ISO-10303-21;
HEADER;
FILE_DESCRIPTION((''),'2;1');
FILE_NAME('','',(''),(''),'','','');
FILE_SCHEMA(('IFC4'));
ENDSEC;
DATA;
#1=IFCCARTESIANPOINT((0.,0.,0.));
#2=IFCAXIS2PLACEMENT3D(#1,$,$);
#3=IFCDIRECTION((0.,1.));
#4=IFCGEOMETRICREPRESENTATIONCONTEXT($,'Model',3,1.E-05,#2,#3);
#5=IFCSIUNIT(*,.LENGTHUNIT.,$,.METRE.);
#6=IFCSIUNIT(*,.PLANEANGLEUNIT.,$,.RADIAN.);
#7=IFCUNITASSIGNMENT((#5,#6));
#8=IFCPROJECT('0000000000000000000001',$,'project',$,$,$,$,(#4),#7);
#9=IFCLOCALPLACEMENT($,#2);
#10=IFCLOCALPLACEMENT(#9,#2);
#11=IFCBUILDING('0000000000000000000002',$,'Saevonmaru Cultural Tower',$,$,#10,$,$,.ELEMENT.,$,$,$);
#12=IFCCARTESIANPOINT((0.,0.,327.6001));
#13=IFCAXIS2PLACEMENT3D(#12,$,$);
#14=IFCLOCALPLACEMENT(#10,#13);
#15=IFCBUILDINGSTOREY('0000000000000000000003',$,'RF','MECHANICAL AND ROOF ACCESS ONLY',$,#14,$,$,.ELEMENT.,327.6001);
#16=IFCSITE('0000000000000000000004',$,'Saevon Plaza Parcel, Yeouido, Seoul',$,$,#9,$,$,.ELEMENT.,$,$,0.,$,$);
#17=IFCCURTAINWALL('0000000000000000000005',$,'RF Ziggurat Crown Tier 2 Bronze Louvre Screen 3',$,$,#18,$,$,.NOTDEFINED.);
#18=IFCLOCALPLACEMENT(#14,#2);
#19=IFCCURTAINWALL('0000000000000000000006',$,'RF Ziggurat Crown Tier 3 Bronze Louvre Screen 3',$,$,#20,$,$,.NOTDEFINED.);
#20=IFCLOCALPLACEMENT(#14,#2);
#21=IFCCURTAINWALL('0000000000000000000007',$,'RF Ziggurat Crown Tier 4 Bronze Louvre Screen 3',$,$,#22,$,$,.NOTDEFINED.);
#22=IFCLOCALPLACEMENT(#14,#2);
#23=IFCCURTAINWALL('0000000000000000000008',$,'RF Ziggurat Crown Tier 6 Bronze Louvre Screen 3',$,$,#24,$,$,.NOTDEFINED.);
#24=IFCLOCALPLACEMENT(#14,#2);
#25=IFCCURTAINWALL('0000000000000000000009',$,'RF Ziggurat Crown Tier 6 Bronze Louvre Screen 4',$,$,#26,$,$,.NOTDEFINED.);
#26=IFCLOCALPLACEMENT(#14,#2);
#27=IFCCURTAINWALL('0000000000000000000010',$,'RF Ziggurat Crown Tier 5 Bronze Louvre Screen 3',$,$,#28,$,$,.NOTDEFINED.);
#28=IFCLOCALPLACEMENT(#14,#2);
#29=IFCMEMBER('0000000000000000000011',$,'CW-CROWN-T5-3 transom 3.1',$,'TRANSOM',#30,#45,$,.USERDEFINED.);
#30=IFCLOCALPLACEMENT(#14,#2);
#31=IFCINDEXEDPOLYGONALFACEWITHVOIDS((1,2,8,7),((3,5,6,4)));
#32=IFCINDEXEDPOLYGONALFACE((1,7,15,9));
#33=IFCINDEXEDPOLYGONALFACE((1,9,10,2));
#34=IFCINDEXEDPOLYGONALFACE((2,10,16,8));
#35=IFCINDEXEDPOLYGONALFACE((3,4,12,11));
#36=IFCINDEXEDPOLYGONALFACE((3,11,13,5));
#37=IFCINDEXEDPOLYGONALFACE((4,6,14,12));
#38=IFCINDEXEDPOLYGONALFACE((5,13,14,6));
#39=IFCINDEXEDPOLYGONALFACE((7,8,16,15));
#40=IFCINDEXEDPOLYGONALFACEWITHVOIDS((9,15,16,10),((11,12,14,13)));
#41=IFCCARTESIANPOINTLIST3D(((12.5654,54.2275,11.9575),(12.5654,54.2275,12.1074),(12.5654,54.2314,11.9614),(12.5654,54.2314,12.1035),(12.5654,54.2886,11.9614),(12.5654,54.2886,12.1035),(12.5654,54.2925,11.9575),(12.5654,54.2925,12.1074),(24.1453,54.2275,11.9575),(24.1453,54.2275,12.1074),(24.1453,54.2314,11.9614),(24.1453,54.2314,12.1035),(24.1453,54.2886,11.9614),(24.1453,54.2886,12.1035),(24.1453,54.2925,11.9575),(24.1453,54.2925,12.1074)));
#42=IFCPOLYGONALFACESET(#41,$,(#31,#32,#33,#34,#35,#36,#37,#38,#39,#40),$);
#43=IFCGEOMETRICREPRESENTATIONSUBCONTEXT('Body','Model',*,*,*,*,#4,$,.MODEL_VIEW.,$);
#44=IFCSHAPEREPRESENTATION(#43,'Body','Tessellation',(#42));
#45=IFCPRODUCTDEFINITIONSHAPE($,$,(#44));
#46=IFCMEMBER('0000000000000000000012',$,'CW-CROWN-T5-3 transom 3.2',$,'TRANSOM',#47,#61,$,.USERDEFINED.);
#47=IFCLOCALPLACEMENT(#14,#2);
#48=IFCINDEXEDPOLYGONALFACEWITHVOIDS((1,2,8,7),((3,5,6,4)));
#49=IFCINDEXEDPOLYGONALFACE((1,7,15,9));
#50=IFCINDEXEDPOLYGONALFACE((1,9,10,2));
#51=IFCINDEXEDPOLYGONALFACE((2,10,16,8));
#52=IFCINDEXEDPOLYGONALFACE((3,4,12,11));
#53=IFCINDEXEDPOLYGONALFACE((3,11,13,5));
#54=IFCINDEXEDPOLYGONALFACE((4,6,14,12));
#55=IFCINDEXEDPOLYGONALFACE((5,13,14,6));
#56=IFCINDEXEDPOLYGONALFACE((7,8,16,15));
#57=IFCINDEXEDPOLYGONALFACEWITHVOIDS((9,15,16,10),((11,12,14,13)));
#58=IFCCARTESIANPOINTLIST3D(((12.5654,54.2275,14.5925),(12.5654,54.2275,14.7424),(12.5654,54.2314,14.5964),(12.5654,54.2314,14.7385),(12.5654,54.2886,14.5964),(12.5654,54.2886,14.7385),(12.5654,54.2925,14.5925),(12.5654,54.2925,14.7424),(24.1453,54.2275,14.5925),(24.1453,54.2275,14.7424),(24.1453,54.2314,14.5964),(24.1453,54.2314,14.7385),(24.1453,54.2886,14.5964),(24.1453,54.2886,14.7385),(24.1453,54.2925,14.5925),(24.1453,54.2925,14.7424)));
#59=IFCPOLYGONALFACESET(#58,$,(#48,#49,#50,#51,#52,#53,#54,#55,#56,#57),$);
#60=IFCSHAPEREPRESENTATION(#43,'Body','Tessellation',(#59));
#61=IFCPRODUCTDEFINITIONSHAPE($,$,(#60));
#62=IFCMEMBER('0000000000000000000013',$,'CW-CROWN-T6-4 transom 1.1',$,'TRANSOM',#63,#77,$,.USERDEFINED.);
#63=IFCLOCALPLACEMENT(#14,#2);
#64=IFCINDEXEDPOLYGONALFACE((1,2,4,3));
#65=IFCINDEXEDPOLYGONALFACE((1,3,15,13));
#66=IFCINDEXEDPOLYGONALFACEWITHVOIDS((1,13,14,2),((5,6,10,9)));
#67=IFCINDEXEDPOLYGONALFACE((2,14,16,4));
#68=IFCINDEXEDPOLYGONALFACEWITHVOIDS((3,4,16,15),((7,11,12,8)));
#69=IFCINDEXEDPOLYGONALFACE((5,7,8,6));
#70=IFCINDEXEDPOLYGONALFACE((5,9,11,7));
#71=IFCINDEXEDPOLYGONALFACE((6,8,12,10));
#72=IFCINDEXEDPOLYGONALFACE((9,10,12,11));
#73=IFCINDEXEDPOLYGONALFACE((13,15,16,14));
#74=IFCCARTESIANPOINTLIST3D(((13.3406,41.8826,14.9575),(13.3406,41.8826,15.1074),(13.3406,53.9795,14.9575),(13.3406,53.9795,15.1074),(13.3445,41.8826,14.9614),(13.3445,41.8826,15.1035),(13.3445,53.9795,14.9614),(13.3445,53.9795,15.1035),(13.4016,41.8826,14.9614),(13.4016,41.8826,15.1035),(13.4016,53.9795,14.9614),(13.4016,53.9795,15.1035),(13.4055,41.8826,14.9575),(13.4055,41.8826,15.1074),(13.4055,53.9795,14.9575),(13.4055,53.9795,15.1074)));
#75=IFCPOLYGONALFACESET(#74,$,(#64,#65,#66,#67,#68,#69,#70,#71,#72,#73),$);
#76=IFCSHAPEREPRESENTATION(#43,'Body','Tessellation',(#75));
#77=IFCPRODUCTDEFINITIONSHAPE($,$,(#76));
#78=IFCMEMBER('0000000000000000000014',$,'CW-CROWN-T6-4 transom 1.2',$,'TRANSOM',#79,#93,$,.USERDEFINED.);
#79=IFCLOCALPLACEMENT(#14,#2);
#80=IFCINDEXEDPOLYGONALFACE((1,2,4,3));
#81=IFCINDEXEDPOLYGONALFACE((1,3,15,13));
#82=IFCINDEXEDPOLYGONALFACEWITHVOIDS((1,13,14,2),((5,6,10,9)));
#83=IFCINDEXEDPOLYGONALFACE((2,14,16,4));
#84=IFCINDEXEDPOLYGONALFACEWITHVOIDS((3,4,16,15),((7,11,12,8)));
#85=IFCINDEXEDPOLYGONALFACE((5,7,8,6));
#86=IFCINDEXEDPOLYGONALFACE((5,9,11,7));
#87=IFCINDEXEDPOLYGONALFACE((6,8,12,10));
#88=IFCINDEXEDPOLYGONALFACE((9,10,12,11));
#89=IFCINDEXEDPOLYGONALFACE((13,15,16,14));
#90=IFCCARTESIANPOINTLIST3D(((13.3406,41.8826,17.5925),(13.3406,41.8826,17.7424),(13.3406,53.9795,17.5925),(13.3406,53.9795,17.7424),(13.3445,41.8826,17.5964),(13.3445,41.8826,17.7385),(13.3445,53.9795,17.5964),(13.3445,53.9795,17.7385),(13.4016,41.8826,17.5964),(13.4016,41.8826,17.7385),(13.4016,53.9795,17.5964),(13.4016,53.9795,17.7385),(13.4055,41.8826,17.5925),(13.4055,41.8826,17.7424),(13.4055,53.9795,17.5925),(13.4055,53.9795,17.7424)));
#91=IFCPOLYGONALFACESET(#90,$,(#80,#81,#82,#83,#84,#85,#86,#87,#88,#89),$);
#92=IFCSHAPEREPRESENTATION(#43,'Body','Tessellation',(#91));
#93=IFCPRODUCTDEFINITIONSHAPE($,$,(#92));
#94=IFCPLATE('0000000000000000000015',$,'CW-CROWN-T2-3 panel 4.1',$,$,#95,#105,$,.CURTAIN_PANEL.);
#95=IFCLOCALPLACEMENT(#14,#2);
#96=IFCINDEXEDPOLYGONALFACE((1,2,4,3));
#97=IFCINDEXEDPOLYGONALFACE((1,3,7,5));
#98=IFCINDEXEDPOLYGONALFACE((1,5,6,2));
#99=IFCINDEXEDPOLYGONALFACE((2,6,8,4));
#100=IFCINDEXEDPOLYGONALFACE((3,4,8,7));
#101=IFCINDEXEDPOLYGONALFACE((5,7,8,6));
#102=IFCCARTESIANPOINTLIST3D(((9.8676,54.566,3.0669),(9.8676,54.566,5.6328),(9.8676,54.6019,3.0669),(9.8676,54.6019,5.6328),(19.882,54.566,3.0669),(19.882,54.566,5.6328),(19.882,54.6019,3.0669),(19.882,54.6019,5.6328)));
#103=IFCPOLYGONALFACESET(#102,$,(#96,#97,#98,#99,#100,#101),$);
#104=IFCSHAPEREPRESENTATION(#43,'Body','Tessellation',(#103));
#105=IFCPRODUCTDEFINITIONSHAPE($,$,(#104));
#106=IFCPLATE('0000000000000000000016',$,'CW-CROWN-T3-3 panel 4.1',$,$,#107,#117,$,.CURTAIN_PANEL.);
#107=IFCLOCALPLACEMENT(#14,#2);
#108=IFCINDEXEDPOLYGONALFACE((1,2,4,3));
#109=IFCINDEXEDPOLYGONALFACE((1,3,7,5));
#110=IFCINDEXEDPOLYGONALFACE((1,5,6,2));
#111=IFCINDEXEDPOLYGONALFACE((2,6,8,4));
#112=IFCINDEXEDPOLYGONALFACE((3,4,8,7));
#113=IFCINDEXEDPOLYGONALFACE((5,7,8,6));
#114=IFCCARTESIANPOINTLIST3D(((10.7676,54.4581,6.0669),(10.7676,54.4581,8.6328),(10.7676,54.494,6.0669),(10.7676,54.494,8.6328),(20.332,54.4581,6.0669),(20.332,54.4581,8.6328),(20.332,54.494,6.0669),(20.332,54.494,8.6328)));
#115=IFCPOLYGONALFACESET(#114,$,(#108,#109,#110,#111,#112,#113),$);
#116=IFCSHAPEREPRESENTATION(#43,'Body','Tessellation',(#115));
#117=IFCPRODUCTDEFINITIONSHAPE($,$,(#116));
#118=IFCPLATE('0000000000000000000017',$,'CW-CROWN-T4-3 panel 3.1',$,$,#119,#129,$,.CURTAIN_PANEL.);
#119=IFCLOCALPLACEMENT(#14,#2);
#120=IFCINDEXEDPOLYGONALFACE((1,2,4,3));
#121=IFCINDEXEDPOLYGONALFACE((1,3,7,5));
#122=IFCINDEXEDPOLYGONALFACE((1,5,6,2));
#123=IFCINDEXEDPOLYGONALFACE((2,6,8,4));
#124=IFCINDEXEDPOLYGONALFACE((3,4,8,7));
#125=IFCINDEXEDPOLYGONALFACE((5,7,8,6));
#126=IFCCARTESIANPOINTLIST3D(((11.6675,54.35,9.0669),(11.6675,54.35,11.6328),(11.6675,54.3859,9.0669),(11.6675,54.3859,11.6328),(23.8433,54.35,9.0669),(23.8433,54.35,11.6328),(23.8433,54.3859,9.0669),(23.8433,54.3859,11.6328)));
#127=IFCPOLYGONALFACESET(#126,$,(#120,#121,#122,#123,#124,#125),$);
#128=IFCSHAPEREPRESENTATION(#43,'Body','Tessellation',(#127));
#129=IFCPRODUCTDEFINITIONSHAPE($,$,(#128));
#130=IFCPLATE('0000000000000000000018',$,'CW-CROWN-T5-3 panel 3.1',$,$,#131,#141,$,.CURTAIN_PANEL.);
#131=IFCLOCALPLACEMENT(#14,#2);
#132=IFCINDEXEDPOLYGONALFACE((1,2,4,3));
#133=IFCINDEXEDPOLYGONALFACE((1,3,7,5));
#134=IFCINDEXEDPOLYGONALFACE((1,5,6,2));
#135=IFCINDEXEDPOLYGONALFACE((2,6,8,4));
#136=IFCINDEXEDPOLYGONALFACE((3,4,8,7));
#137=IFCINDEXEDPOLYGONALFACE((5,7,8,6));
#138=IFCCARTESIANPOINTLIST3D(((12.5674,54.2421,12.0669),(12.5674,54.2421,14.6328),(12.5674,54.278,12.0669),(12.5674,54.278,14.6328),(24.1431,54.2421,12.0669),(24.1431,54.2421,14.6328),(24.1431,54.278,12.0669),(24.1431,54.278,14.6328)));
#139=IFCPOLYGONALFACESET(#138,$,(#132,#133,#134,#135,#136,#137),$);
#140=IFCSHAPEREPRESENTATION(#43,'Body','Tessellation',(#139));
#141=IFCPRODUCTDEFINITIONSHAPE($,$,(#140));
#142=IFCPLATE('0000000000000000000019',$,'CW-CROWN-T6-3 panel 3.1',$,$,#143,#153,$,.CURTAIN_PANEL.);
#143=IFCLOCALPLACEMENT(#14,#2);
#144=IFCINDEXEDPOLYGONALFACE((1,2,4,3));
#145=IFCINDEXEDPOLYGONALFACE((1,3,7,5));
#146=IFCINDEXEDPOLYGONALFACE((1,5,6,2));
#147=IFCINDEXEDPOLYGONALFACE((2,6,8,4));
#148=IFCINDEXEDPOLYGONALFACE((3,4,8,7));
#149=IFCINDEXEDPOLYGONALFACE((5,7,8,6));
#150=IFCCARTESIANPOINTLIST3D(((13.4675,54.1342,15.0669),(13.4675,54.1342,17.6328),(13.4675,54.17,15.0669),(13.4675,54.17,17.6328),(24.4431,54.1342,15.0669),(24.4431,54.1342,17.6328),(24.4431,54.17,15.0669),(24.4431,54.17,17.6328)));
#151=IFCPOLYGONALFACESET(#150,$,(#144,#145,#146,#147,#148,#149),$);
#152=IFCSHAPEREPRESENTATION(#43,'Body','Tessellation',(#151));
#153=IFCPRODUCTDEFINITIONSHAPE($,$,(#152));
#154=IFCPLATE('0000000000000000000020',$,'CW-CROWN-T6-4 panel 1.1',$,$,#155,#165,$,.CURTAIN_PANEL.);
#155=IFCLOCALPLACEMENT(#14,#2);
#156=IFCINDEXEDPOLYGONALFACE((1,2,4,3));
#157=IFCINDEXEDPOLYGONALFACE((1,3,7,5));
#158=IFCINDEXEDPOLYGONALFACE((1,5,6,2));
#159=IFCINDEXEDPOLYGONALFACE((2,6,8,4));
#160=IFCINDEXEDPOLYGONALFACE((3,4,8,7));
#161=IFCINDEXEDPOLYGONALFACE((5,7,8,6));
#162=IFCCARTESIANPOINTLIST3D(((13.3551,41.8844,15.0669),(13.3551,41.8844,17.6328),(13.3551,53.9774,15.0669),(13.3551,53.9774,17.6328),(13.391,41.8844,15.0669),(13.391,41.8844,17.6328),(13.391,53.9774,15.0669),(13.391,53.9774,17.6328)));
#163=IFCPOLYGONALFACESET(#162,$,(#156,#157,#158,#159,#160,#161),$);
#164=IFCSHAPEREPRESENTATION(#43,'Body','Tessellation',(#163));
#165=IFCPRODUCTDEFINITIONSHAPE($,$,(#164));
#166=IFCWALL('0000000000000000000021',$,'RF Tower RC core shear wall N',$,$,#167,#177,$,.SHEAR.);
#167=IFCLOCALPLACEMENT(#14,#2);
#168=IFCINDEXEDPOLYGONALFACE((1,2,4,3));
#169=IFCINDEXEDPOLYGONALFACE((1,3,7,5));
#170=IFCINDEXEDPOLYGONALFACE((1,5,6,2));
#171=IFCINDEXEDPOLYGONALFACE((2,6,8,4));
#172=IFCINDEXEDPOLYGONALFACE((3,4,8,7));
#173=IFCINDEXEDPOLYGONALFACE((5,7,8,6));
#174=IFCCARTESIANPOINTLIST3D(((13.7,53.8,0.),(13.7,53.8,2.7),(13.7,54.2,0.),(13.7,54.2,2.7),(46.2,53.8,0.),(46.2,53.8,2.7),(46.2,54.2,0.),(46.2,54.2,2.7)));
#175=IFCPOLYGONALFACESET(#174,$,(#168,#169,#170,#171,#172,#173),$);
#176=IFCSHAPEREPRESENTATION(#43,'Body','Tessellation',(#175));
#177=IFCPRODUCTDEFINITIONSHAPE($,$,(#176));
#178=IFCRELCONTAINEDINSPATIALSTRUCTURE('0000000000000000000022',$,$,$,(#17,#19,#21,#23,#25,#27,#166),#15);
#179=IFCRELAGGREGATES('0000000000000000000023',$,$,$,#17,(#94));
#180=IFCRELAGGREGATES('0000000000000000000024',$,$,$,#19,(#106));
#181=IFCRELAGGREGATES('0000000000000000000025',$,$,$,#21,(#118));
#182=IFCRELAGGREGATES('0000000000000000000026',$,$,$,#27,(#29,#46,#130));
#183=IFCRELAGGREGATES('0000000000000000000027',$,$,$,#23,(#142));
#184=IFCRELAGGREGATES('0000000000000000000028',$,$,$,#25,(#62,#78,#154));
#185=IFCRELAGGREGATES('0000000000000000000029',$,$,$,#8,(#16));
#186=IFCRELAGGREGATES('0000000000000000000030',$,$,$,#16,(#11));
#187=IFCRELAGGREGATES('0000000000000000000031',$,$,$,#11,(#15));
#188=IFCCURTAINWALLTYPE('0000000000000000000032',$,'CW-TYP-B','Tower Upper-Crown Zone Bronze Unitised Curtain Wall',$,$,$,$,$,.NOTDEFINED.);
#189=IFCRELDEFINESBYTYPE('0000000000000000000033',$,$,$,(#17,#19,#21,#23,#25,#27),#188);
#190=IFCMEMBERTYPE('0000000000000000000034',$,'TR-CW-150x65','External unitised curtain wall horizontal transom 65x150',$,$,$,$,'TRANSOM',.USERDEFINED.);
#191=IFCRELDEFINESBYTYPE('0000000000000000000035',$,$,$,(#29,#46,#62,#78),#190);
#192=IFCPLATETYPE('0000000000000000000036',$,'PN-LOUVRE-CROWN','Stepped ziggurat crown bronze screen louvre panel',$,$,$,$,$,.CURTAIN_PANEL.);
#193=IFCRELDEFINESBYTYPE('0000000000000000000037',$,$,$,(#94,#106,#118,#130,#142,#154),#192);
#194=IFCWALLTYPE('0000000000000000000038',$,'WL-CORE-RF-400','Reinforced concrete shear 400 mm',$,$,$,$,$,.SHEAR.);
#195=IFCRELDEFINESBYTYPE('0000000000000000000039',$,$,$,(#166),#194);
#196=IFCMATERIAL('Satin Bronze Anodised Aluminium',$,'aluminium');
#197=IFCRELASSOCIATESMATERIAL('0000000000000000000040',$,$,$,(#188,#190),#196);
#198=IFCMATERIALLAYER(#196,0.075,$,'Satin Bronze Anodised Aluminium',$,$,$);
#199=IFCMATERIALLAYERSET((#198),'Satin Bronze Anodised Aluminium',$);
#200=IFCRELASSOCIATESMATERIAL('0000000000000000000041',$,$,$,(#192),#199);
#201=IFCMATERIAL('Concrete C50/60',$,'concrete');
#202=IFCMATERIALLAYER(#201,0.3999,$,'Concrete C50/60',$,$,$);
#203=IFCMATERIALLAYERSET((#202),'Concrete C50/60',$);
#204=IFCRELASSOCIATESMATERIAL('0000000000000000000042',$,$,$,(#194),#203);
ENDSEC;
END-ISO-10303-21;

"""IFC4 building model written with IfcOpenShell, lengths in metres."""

from ifc_helpers import new_model, si_unit, direction, frame, frame_2d, origin, origin_2d, place, context, subcontext, project, spatial, rectangle, hollow_rectangle, extrude, material, layer, layer_set, material_profile, profile_set, type_object, element, aggregate, save


model = new_model("IFC4")

# Units and contexts
model_context = context("Model", 3, precision=1e-05, world=origin(), true_north=direction((0.0, 1.0)))
body_context = subcontext(model_context, "Body", "Model", "MODEL_VIEW")
ifc_project = project(units=[si_unit("LENGTHUNIT", "METRE"), si_unit("PLANEANGLEUNIT", "RADIAN")], contexts=[model_context])

# Site, building, storey
site_placement = place(None, origin())
site = spatial("IfcSite", under=ifc_project, at=site_placement, Name="Saevon Plaza Parcel, Yeouido, Seoul", CompositionType="ELEMENT", RefElevation=0.0)
building_placement = place(site_placement, origin())
building = spatial("IfcBuilding", under=site, at=building_placement, Name="Saevonmaru Cultural Tower", CompositionType="ELEMENT")
storey_placement = place(building_placement, frame((0.0, 0.0, 327.6001)))
storey = spatial("IfcBuildingStorey", under=building, at=storey_placement, Name="RF", Description="MECHANICAL AND ROOF ACCESS ONLY", CompositionType="ELEMENT", Elevation=327.6001)

# Curtain walls
ifc_material_1 = material(Name="Satin Bronze Anodised Aluminium", Category="aluminium")
curtain_wall_type = type_object("IfcCurtainWallType", Name="CW-TYP-B", Description="Tower Upper-Crown Zone Bronze Unitised Curtain Wall", PredefinedType="NOTDEFINED", material=ifc_material_1)
curtain_wall_1_placement = place(storey_placement, origin())
curtain_wall_1 = element("IfcCurtainWall", 1, at=curtain_wall_1_placement, inside=storey, type_object=curtain_wall_type, Name="RF Ziggurat Crown Tier 2 Bronze Louvre Screen 3", PredefinedType="NOTDEFINED")
curtain_wall_2_placement = place(storey_placement, origin())
curtain_wall_2 = element("IfcCurtainWall", 2, at=curtain_wall_2_placement, inside=storey, type_object=curtain_wall_type, Name="RF Ziggurat Crown Tier 3 Bronze Louvre Screen 3", PredefinedType="NOTDEFINED")
curtain_wall_3_placement = place(storey_placement, origin())
curtain_wall_3 = element("IfcCurtainWall", 3, at=curtain_wall_3_placement, inside=storey, type_object=curtain_wall_type, Name="RF Ziggurat Crown Tier 4 Bronze Louvre Screen 3", PredefinedType="NOTDEFINED")
curtain_wall_4_placement = place(storey_placement, origin())
curtain_wall_4 = element("IfcCurtainWall", 4, at=curtain_wall_4_placement, inside=storey, type_object=curtain_wall_type, Name="RF Ziggurat Crown Tier 6 Bronze Louvre Screen 3", PredefinedType="NOTDEFINED")
curtain_wall_5_placement = place(storey_placement, origin())
curtain_wall_5 = element("IfcCurtainWall", 5, at=curtain_wall_5_placement, inside=storey, type_object=curtain_wall_type, Name="RF Ziggurat Crown Tier 6 Bronze Louvre Screen 4", PredefinedType="NOTDEFINED")

# Shared definitions
ifc_material_profile_1 = material_profile(ifc_material_1, hollow_rectangle(XDim=0.0649, YDim=0.1499, WallThickness=0.0039, at=origin_2d()), Name="ALU-TRAN-150x65x4")
ifc_profile_set_1 = profile_set([ifc_material_profile_1], Name="Satin Bronze Anodised Aluminium")
member_type_1 = type_object("IfcMemberType", Name="TR-CW-150x65", Description="External unitised curtain wall horizontal transom 65x150", ElementType="TRANSOM", PredefinedType="USERDEFINED", material=ifc_profile_set_1)

# Curtain wall, members
curtain_wall_6_placement = place(storey_placement, origin())
curtain_wall_6 = element("IfcCurtainWall", 6, at=curtain_wall_6_placement, inside=storey, type_object=curtain_wall_type, Name="RF Ziggurat Crown Tier 5 Bronze Louvre Screen 3", PredefinedType="NOTDEFINED")
member_1_placement = place(storey_placement, frame((24.1453, 54.26, 12.0325), z_axis=(-1.0, 0.0, 0.0), x_axis=(0.0, -1.0, 0.0)))
member_1 = element("IfcMember", 7, at=member_1_placement, type_object=member_type_1, Name="CW-CROWN-T5-3 transom 3.1", ObjectType="TRANSOM", PredefinedType="USERDEFINED", context=body_context, shape_type="SweptSolid", body=[
    extrude(hollow_rectangle(XDim=0.0649, YDim=0.1499, WallThickness=0.0039, at=origin_2d()), origin(), (0.0, 0.0, 1.0), 11.5798),
])
member_2_placement = place(storey_placement, frame((24.1453, 54.26, 14.6675), z_axis=(-1.0, 0.0, 0.0), x_axis=(0.0, -1.0, 0.0)))
member_2 = element("IfcMember", 8, at=member_2_placement, type_object=member_type_1, Name="CW-CROWN-T5-3 transom 3.2", ObjectType="TRANSOM", PredefinedType="USERDEFINED", context=body_context, shape_type="SweptSolid", body=[
    extrude(hollow_rectangle(XDim=0.0649, YDim=0.1499, WallThickness=0.0039, at=origin_2d()), origin(), (0.0, 0.0, 1.0), 11.5798),
])

# Members
member_3_placement = place(storey_placement, frame((13.373, 53.9795, 15.0325), z_axis=(0.0, -1.0, 0.0), x_axis=(1.0, 0.0, 0.0)))
member_3 = element("IfcMember", 9, at=member_3_placement, type_object=member_type_1, Name="CW-CROWN-T6-4 transom 1.1", ObjectType="TRANSOM", PredefinedType="USERDEFINED", context=body_context, shape_type="SweptSolid", body=[
    extrude(hollow_rectangle(XDim=0.0649, YDim=0.1499, WallThickness=0.0039, at=origin_2d()), origin(), (0.0, 0.0, 1.0), 12.0969),
])
member_4_placement = place(storey_placement, frame((13.373, 53.9795, 17.6675), z_axis=(0.0, -1.0, 0.0), x_axis=(1.0, 0.0, 0.0)))
member_4 = element("IfcMember", 10, at=member_4_placement, type_object=member_type_1, Name="CW-CROWN-T6-4 transom 1.2", ObjectType="TRANSOM", PredefinedType="USERDEFINED", context=body_context, shape_type="SweptSolid", body=[
    extrude(hollow_rectangle(XDim=0.0649, YDim=0.1499, WallThickness=0.0039, at=origin_2d()), origin(), (0.0, 0.0, 1.0), 12.0969),
])

# Plates
ifc_layer_1 = layer(ifc_material_1, 0.075, Name="Satin Bronze Anodised Aluminium")
ifc_layer_set_1 = layer_set([ifc_layer_1], Name="Satin Bronze Anodised Aluminium")
plate_type = type_object("IfcPlateType", Name="PN-LOUVRE-CROWN", Description="Stepped ziggurat crown bronze screen louvre panel", PredefinedType="CURTAIN_PANEL", material=ifc_layer_set_1)
plate_1_placement = place(storey_placement, frame((14.8748, 54.584, 3.0669), z_axis=(0.0, 0.0, 1.0), x_axis=(-1.0, 0.0, 0.0)))
plate_1 = element("IfcPlate", 11, at=plate_1_placement, type_object=plate_type, Name="CW-CROWN-T2-3 panel 4.1", PredefinedType="CURTAIN_PANEL", context=body_context, shape_type="SweptSolid", body=[
    extrude(rectangle(XDim=10.0144, YDim=0.0359, at=origin_2d()), origin(), (0.0, 0.0, 1.0), 2.5659),
])
aggregate(curtain_wall_1, [plate_1])
plate_2_placement = place(storey_placement, frame((15.5498, 54.4761, 6.0669), z_axis=(0.0, 0.0, 1.0), x_axis=(-1.0, 0.0, 0.0)))
plate_2 = element("IfcPlate", 12, at=plate_2_placement, type_object=plate_type, Name="CW-CROWN-T3-3 panel 4.1", PredefinedType="CURTAIN_PANEL", context=body_context, shape_type="SweptSolid", body=[
    extrude(rectangle(XDim=9.5645, YDim=0.0359, at=origin_2d()), origin(), (0.0, 0.0, 1.0), 2.5659),
])
aggregate(curtain_wall_2, [plate_2])
plate_3_placement = place(storey_placement, frame((17.7554, 54.3679, 9.0669), z_axis=(0.0, 0.0, 1.0), x_axis=(-1.0, 0.0, 0.0)))
plate_3 = element("IfcPlate", 13, at=plate_3_placement, type_object=plate_type, Name="CW-CROWN-T4-3 panel 3.1", PredefinedType="CURTAIN_PANEL", context=body_context, shape_type="SweptSolid", body=[
    extrude(rectangle(XDim=12.1758, YDim=0.0359, at=origin_2d()), origin(), (0.0, 0.0, 1.0), 2.5659),
])
aggregate(curtain_wall_3, [plate_3])
plate_4_placement = place(storey_placement, frame((18.3552, 54.26, 12.0669), z_axis=(0.0, 0.0, 1.0), x_axis=(-1.0, 0.0, 0.0)))
plate_4 = element("IfcPlate", 14, at=plate_4_placement, type_object=plate_type, Name="CW-CROWN-T5-3 panel 3.1", PredefinedType="CURTAIN_PANEL", context=body_context, shape_type="SweptSolid", body=[
    extrude(rectangle(XDim=11.5757, YDim=0.0359, at=origin_2d()), origin(), (0.0, 0.0, 1.0), 2.5659),
])
aggregate(curtain_wall_6, [member_1, member_2, plate_4])
plate_5_placement = place(storey_placement, frame((18.9553, 54.1521, 15.0669), z_axis=(0.0, 0.0, 1.0), x_axis=(-1.0, 0.0, 0.0)))
plate_5 = element("IfcPlate", 15, at=plate_5_placement, type_object=plate_type, Name="CW-CROWN-T6-3 panel 3.1", PredefinedType="CURTAIN_PANEL", context=body_context, shape_type="SweptSolid", body=[
    extrude(rectangle(XDim=10.9756, YDim=0.0359, at=origin_2d()), origin(), (0.0, 0.0, 1.0), 2.5659),
])
aggregate(curtain_wall_4, [plate_5])
plate_6_placement = place(storey_placement, frame((13.373, 47.9309, 15.0669), z_axis=(0.0, 0.0, 1.0), x_axis=(0.0, -1.0, 0.0)))
plate_6 = element("IfcPlate", 16, at=plate_6_placement, type_object=plate_type, Name="CW-CROWN-T6-4 panel 1.1", PredefinedType="CURTAIN_PANEL", context=body_context, shape_type="SweptSolid", body=[
    extrude(rectangle(XDim=12.093, YDim=0.0359, at=origin_2d()), origin(), (0.0, 0.0, 1.0), 2.5659),
])
aggregate(curtain_wall_5, [member_3, member_4, plate_6])

# Wall
ifc_material_2 = material(Name="Concrete C50/60", Category="concrete")
ifc_layer_2 = layer(ifc_material_2, 0.3999, Name="Concrete C50/60")
ifc_layer_set_2 = layer_set([ifc_layer_2], Name="Concrete C50/60")
wall_type = type_object("IfcWallType", Name="WL-CORE-RF-400", Description="Reinforced concrete shear 400 mm", PredefinedType="SHEAR", material=ifc_layer_set_2)
wall_placement = place(storey_placement, frame((13.7, 54.0, 0.0), z_axis=(0.0, 0.0, 1.0), x_axis=(1.0, 0.0, 0.0)))
element("IfcWall", 17, at=wall_placement, inside=storey, type_object=wall_type, Name="RF Tower RC core shear wall N", PredefinedType="SHEAR", context=body_context, shape_type="SweptSolid", body=[
    extrude(rectangle(XDim=32.5, YDim=0.3999, at=frame_2d((16.25, 0.0))), origin(), (0.0, 0.0, 1.0), 2.7),
])

save(model, "model.ifc")
